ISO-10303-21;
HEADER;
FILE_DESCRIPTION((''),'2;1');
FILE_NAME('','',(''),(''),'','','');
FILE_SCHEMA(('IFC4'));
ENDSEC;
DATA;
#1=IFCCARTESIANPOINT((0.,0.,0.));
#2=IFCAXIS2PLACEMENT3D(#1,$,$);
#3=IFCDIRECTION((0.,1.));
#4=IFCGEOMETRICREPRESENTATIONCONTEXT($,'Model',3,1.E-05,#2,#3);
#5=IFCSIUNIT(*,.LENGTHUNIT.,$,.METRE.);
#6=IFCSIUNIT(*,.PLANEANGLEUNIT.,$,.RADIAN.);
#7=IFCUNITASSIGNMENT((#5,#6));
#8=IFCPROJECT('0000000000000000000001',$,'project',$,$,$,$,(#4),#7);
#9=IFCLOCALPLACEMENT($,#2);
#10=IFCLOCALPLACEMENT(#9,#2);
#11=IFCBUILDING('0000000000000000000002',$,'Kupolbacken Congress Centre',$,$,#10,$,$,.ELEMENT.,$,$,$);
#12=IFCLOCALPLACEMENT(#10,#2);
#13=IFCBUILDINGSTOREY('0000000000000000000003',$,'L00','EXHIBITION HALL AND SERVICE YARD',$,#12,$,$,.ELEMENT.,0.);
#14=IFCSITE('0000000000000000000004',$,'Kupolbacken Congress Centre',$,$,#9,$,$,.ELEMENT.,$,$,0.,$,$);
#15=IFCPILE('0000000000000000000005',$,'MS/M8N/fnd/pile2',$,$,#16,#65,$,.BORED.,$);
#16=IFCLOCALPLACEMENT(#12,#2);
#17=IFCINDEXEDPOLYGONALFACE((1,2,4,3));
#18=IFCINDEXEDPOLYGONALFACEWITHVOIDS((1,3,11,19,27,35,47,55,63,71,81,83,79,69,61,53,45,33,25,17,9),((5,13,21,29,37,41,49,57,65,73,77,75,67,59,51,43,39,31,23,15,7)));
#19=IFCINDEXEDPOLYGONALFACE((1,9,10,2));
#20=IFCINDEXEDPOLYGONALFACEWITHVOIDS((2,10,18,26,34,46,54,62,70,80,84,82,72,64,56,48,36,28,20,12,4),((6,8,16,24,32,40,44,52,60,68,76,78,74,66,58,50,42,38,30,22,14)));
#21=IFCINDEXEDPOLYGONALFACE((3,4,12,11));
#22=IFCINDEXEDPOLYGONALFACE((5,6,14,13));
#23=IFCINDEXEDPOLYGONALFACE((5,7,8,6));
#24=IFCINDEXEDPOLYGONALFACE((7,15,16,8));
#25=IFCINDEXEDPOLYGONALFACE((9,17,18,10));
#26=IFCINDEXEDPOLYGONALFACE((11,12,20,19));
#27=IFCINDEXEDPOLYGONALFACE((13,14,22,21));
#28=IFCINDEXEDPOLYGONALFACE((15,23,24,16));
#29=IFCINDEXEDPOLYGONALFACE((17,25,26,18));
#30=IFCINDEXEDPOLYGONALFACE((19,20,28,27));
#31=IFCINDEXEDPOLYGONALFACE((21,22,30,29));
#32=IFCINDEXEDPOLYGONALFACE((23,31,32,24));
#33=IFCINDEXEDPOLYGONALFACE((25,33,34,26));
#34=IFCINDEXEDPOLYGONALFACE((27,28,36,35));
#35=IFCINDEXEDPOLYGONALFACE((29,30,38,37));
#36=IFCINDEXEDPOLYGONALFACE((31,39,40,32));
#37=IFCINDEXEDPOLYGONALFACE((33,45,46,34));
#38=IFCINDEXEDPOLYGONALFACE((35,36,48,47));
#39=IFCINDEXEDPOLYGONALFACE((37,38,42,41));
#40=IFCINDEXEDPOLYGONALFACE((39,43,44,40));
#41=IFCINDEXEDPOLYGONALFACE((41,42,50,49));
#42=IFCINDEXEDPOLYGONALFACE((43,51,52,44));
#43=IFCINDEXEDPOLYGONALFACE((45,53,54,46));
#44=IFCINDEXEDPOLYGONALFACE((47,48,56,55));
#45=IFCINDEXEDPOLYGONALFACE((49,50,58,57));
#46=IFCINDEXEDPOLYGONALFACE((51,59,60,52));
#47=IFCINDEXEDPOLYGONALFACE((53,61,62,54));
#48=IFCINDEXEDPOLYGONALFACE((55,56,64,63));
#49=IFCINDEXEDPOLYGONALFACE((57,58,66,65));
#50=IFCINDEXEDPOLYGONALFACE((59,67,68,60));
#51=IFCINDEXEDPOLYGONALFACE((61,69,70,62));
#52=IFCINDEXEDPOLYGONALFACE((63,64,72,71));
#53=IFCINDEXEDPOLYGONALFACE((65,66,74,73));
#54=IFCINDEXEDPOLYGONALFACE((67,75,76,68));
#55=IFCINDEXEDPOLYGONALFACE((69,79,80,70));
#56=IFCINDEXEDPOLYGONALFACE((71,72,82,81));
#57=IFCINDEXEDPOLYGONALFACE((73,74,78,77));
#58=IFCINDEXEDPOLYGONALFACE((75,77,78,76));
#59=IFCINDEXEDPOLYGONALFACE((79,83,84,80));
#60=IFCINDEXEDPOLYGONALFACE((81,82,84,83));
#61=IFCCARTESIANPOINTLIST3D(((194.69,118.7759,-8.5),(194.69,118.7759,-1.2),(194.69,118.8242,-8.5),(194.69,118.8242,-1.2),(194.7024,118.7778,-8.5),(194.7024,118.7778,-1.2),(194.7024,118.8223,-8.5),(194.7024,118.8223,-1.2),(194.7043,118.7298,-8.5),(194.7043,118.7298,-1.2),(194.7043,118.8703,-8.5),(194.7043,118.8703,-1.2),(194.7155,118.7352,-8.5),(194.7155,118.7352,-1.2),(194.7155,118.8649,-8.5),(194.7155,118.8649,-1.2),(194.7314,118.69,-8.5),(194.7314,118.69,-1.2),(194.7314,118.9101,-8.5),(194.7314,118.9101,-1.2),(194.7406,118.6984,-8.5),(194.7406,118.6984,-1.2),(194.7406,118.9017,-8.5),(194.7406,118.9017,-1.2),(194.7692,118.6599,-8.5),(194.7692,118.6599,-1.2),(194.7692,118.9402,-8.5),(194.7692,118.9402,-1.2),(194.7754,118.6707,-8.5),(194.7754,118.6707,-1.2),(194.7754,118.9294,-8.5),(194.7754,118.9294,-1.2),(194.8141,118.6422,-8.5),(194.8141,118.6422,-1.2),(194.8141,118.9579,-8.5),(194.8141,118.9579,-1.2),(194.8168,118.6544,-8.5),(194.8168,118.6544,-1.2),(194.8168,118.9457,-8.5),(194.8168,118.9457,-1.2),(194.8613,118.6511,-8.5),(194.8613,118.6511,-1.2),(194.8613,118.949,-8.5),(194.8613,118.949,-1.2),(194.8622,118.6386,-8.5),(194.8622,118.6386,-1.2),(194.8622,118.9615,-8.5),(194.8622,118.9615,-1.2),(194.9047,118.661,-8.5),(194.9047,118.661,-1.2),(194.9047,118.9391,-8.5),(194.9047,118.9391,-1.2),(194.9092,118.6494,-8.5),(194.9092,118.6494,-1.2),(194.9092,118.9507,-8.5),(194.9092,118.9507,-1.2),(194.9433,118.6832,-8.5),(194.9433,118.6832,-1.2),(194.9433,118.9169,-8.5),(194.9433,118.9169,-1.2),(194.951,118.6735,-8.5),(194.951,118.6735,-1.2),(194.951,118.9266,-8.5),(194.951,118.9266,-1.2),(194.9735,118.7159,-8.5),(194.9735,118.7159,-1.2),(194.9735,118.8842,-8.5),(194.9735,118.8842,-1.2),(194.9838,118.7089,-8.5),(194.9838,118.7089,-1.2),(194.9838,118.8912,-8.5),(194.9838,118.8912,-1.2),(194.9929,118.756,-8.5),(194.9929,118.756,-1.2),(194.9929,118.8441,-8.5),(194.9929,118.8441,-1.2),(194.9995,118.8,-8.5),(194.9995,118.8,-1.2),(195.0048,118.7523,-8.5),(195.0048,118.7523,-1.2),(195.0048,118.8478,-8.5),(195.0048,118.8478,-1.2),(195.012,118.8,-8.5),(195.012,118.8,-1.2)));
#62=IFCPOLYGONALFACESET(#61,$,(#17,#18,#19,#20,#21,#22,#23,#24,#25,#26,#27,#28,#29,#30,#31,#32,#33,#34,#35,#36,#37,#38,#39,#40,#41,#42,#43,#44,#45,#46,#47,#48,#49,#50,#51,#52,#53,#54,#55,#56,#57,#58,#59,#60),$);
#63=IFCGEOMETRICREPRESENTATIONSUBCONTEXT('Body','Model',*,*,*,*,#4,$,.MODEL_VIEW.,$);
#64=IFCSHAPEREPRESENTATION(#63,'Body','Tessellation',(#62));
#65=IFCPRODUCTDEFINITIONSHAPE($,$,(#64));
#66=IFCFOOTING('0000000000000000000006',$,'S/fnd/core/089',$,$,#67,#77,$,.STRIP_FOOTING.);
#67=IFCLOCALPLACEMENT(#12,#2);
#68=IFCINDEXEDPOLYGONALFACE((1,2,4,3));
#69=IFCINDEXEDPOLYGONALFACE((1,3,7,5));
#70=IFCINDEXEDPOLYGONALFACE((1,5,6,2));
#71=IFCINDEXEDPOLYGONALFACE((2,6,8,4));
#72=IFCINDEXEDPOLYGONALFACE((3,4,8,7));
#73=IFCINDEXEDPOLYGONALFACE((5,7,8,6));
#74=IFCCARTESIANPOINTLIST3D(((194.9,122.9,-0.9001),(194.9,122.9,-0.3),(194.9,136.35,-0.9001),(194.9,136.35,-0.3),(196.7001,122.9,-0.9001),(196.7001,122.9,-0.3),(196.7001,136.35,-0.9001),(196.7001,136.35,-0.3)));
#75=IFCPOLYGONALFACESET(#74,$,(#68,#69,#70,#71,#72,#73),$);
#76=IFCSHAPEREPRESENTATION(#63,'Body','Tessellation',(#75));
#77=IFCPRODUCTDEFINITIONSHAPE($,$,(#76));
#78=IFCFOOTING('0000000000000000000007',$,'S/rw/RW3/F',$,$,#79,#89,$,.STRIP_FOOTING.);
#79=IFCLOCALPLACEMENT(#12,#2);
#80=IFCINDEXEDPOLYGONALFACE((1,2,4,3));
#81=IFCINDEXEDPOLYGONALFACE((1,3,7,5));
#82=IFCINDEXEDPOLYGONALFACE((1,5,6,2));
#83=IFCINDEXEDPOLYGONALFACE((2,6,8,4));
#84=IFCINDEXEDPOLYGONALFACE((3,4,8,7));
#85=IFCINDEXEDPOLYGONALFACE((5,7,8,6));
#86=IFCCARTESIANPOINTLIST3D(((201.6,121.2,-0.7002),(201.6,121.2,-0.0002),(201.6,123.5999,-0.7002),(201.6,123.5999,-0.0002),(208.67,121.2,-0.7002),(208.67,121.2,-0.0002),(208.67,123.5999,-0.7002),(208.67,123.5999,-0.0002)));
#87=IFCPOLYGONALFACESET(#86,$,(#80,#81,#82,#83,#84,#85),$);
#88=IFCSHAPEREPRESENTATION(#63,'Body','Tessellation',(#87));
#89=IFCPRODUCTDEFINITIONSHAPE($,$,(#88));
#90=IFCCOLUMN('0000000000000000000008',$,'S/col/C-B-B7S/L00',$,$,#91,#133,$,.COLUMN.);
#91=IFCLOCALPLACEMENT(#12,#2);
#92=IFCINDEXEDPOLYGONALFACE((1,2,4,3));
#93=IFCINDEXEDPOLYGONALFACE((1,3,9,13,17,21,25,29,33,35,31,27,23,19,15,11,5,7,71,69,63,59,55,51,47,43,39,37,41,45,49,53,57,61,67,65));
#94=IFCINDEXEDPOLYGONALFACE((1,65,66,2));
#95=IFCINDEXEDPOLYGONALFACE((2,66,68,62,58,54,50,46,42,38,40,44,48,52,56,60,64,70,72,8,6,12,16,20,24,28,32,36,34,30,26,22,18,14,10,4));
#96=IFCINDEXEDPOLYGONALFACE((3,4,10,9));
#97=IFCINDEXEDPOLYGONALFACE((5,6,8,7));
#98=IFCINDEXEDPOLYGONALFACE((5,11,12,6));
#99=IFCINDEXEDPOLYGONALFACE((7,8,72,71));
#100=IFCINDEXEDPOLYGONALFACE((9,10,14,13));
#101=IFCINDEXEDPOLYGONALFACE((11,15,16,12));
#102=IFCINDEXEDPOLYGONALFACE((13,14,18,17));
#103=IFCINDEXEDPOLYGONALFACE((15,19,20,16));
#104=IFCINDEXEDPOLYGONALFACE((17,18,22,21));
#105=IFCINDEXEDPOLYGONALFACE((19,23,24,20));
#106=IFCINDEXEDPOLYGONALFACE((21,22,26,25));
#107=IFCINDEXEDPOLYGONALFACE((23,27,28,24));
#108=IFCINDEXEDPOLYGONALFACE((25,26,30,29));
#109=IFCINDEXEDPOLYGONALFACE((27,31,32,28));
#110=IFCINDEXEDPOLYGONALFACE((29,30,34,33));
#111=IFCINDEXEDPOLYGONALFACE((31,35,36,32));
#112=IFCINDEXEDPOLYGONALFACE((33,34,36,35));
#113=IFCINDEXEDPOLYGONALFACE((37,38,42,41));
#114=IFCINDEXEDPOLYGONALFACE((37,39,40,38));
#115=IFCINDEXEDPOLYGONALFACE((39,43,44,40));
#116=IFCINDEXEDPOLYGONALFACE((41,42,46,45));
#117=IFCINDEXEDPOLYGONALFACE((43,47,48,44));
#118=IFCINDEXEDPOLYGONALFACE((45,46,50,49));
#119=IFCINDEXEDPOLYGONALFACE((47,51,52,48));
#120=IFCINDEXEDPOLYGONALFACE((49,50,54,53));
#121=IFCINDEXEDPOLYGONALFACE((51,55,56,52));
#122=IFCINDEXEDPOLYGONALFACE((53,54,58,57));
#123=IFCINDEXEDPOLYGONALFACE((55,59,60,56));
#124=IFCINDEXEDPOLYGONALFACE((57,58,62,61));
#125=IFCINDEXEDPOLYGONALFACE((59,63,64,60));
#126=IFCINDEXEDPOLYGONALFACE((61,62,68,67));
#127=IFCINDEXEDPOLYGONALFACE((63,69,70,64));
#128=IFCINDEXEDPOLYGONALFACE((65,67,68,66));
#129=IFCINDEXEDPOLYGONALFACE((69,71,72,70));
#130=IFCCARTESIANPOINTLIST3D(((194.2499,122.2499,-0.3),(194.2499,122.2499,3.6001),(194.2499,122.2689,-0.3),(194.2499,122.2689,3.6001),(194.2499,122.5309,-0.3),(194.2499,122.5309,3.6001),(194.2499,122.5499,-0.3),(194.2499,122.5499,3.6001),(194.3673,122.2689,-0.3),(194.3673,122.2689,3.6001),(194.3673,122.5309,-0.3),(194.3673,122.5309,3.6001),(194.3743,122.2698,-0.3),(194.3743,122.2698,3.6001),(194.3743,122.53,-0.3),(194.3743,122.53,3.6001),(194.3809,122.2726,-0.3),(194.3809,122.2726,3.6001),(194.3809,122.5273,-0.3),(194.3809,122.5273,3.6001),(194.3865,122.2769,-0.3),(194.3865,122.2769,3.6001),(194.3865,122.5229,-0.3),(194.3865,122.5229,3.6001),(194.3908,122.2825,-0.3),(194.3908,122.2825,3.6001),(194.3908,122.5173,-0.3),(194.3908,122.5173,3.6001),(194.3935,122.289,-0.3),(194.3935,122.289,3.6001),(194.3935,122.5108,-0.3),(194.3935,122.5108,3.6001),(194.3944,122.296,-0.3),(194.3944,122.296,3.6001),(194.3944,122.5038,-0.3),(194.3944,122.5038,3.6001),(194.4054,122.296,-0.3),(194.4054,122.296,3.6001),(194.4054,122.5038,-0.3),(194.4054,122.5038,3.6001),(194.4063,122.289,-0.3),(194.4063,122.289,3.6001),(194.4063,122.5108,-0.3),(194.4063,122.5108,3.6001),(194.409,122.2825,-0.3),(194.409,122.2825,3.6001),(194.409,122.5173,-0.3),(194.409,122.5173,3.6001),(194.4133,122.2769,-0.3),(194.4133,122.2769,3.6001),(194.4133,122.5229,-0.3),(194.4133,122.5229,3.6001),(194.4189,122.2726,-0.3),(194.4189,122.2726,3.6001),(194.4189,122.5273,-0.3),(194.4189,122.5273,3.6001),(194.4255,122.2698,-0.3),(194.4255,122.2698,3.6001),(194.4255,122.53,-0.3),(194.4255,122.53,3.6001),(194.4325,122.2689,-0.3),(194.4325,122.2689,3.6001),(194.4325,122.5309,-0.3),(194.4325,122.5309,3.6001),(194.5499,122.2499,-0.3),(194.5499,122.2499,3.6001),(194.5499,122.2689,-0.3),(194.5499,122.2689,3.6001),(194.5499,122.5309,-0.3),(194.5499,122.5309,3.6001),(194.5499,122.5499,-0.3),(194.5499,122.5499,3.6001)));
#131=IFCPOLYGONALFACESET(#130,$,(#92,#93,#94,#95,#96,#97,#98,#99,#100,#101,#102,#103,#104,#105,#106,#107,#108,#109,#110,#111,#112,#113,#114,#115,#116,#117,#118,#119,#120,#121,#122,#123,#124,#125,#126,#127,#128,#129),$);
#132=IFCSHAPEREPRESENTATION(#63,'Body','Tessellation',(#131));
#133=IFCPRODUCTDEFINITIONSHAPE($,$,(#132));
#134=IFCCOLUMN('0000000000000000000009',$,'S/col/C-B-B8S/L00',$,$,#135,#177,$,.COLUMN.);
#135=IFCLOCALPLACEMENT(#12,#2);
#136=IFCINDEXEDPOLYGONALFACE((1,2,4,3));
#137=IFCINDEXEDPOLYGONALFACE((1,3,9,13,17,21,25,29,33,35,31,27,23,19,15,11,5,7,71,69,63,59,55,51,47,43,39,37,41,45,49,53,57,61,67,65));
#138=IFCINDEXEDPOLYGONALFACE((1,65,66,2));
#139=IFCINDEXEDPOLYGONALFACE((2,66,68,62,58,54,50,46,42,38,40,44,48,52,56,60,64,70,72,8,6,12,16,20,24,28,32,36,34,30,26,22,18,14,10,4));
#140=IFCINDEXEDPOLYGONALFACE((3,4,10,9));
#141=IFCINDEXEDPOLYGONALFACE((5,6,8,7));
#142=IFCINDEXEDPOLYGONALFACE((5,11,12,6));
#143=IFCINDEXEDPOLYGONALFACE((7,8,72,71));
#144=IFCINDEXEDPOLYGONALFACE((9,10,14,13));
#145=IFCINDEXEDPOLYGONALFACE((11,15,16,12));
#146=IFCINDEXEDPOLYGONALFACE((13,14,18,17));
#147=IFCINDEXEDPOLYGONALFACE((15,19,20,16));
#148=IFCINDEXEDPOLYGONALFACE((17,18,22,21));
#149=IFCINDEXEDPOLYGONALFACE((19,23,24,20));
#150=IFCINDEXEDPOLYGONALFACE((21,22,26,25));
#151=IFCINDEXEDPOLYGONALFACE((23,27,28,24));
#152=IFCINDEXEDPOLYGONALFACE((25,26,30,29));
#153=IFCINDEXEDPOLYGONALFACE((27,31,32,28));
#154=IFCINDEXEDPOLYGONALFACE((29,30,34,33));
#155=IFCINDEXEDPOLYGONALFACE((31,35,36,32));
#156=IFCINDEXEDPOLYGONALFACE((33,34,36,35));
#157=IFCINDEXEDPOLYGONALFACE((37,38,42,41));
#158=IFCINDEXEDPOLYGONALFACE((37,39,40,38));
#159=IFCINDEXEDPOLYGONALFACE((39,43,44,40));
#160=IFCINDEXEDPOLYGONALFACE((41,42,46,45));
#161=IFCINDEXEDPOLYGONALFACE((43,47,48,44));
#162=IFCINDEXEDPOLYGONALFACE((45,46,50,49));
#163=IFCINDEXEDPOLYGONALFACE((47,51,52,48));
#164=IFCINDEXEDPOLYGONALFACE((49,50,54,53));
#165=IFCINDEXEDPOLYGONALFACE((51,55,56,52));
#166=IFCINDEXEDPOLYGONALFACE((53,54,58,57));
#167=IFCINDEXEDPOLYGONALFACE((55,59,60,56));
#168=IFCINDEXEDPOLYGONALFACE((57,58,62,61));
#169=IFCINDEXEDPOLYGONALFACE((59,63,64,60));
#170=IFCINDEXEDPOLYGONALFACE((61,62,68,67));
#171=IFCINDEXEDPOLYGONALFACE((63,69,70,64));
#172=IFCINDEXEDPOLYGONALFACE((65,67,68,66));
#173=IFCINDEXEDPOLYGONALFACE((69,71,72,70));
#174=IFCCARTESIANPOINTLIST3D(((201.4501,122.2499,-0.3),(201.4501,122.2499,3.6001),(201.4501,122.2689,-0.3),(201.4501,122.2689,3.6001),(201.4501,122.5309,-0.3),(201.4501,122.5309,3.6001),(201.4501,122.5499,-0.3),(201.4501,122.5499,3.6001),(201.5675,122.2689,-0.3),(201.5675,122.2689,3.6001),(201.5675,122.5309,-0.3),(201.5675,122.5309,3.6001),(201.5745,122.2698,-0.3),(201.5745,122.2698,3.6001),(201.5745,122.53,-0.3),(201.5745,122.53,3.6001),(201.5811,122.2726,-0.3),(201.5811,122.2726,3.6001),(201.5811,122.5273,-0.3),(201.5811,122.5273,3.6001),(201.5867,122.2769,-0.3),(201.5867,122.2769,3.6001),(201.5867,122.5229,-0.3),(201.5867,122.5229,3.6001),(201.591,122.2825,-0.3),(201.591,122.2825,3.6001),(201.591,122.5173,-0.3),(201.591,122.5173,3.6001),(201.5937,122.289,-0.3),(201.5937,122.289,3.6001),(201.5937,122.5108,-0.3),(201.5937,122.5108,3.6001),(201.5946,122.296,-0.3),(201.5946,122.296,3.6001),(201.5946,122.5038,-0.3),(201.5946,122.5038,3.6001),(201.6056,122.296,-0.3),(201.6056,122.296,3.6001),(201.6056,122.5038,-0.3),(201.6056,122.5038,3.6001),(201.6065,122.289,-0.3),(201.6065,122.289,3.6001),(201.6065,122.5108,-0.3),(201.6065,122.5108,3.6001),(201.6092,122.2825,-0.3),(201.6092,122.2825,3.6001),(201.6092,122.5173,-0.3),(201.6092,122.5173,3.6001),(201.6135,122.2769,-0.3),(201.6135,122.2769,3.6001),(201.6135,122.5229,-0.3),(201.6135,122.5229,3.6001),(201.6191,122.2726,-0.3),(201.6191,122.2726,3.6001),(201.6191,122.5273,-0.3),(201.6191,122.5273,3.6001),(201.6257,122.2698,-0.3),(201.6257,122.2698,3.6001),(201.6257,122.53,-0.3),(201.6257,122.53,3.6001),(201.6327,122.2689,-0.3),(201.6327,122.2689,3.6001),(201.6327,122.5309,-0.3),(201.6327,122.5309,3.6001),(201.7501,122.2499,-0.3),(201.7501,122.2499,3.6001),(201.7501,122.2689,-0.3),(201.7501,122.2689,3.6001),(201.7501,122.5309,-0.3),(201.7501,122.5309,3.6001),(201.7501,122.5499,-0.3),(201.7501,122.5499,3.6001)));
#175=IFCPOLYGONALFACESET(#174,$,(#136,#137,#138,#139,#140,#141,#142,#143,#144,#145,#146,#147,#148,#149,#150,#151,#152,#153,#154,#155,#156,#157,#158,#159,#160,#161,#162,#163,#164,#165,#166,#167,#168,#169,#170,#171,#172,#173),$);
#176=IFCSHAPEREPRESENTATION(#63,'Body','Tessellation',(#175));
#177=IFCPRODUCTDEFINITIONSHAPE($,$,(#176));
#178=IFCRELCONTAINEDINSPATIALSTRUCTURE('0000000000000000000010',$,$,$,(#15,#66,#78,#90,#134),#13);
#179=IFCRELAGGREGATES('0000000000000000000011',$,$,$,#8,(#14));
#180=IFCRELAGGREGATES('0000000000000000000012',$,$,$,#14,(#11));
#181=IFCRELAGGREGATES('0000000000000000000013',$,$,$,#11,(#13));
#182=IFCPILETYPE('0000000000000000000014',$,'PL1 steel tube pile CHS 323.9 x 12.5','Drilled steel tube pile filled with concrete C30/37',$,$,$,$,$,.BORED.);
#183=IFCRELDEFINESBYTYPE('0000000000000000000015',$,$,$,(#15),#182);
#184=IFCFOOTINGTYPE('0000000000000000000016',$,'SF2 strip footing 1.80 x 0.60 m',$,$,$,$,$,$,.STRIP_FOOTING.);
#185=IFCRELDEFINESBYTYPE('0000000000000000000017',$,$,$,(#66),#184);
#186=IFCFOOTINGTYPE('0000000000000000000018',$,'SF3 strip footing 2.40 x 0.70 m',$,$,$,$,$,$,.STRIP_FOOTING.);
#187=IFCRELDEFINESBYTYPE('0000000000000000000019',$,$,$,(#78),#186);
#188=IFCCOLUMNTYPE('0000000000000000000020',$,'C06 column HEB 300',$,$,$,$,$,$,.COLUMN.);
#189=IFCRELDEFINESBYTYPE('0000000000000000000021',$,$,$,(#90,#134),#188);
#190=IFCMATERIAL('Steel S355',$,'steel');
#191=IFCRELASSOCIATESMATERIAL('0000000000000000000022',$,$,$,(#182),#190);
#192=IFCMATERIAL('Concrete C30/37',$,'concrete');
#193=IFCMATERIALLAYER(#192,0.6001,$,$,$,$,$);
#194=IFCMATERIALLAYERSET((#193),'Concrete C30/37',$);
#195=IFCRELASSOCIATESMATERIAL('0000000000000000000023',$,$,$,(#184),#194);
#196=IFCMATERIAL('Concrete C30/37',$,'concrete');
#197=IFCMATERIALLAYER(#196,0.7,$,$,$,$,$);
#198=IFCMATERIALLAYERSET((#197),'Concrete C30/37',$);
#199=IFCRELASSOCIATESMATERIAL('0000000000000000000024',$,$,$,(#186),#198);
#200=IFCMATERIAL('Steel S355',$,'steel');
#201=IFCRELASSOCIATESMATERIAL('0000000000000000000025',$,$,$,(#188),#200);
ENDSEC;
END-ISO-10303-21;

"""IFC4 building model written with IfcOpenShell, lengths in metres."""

from ifc_helpers import new_model, si_unit, direction, frame, origin, origin_2d, place, context, subcontext, project, spatial, rectangle, hollow_circle, i_section, extrude, material, layer, layer_set, material_profile, profile_set, type_object, element, save


model = new_model("IFC4")

# Units and contexts
model_context = context("Model", 3, precision=1e-05, world=origin(), true_north=direction((0.0, 1.0)))
body_context = subcontext(model_context, "Body", "Model", "MODEL_VIEW")
ifc_project = project(units=[si_unit("LENGTHUNIT", "METRE"), si_unit("PLANEANGLEUNIT", "RADIAN")], contexts=[model_context])

# Site, building, storey
site_placement = place(None, origin())
site = spatial("IfcSite", under=ifc_project, at=site_placement, Name="Kupolbacken Congress Centre", CompositionType="ELEMENT", RefElevation=0.0)
building_placement = place(site_placement, origin())
building = spatial("IfcBuilding", under=site, at=building_placement, Name="Kupolbacken Congress Centre", CompositionType="ELEMENT")
storey_placement = place(building_placement, origin())
storey = spatial("IfcBuildingStorey", under=building, at=storey_placement, Name="L00", Description="EXHIBITION HALL AND SERVICE YARD", CompositionType="ELEMENT", Elevation=0.0)

# Pile
ifc_material_1 = material(Name="Steel S355", Category="steel")
ifc_material_profile_1 = material_profile(ifc_material_1, hollow_circle(Radius=0.1619, WallThickness=0.0125, at=origin_2d()), Name="CHS 323.9 x 12.5")
ifc_profile_set_1 = profile_set([ifc_material_profile_1], Name="Steel S355")
pile_type = type_object("IfcPileType", Name="PL1 steel tube pile CHS 323.9 x 12.5", Description="Drilled steel tube pile filled with concrete C30/37", PredefinedType="BORED", material=ifc_profile_set_1)
for number, where, z_axis, x_axis, name in (
    (1, (194.8501, 118.8, -1.2), (0.0, 0.0, -1.0), (1.0, 0.0, 0.0), "MS/M8N/fnd/pile2"),
):
    element("IfcPile", number, at=place(storey_placement, frame(where, z_axis=z_axis, x_axis=x_axis)), inside=storey, type_object=pile_type, Name=name, PredefinedType="BORED", context=body_context, shape_type="SweptSolid", body=[
        extrude(hollow_circle(Radius=0.1619, WallThickness=0.0125, at=origin_2d()), origin(), (0.0, 0.0, 1.0), 7.3),
    ])

# Footings
ifc_material_2 = material(Name="Concrete C30/37", Category="concrete")
ifc_layer_1 = layer(ifc_material_2, 0.6001)
ifc_layer_set_1 = layer_set([ifc_layer_1], Name="Concrete C30/37")
footing_type_1 = type_object("IfcFootingType", Name="SF2 strip footing 1.80 x 0.60 m", PredefinedType="STRIP_FOOTING", material=ifc_layer_set_1)
footing_1_placement = place(storey_placement, frame((195.8, 129.625, -0.9001), z_axis=(0.0, 0.0, 1.0), x_axis=(0.0, 1.0, 0.0)))
element("IfcFooting", 2, at=footing_1_placement, inside=storey, type_object=footing_type_1, Name="S/fnd/core/089", PredefinedType="STRIP_FOOTING", context=body_context, shape_type="SweptSolid", body=[
    extrude(rectangle(XDim=13.45, YDim=1.8, at=origin_2d()), origin(), (0.0, 0.0, 1.0), 0.6001),
])
ifc_material_3 = material(Name="Concrete C30/37", Category="concrete")
ifc_layer_2 = layer(ifc_material_3, 0.7)
ifc_layer_set_2 = layer_set([ifc_layer_2], Name="Concrete C30/37")
footing_type_2 = type_object("IfcFootingType", Name="SF3 strip footing 2.40 x 0.70 m", PredefinedType="STRIP_FOOTING", material=ifc_layer_set_2)
footing_2_placement = place(storey_placement, frame((205.135, 122.3999, -0.7002), z_axis=(0.0, 0.0, 1.0), x_axis=(1.0, 0.0, 0.0)))
element("IfcFooting", 3, at=footing_2_placement, inside=storey, type_object=footing_type_2, Name="S/rw/RW3/F", PredefinedType="STRIP_FOOTING", context=body_context, shape_type="SweptSolid", body=[
    extrude(rectangle(XDim=7.0701, YDim=2.3999, at=origin_2d()), origin(), (0.0, 0.0, 1.0), 0.7),
])

# Columns
ifc_material_4 = material(Name="Steel S355", Category="steel")
ifc_material_profile_2 = material_profile(ifc_material_4, i_section(OverallWidth=0.3, OverallDepth=0.3, WebThickness=0.011, FlangeThickness=0.019, FilletRadius=0.0271, at=origin_2d()), Name="HEB 300")
ifc_profile_set_2 = profile_set([ifc_material_profile_2], Name="Steel S355")
column_type_1 = type_object("IfcColumnType", Name="C06 column HEB 300", PredefinedType="COLUMN", material=ifc_profile_set_2)
for number, where, z_axis, x_axis, name in (
    (4, (194.3999, 122.3999, -0.3), (0.0, 0.0, 1.0), (1.0, 0.0, 0.0), "S/col/C-B-B7S/L00"),
    (5, (201.6001, 122.3999, -0.3), (0.0, 0.0, 1.0), (1.0, 0.0, 0.0), "S/col/C-B-B8S/L00"),
):
    element("IfcColumn", number, at=place(storey_placement, frame(where, z_axis=z_axis, x_axis=x_axis)), inside=storey, type_object=column_type_1, Name=name, PredefinedType="COLUMN", context=body_context, shape_type="SweptSolid", body=[
        extrude(i_section(OverallWidth=0.3, OverallDepth=0.3, WebThickness=0.011, FlangeThickness=0.019, FilletRadius=0.0271, at=origin_2d()), origin(), (0.0, 0.0, 1.0), 3.9001),
    ])

save(model, "model.ifc")
